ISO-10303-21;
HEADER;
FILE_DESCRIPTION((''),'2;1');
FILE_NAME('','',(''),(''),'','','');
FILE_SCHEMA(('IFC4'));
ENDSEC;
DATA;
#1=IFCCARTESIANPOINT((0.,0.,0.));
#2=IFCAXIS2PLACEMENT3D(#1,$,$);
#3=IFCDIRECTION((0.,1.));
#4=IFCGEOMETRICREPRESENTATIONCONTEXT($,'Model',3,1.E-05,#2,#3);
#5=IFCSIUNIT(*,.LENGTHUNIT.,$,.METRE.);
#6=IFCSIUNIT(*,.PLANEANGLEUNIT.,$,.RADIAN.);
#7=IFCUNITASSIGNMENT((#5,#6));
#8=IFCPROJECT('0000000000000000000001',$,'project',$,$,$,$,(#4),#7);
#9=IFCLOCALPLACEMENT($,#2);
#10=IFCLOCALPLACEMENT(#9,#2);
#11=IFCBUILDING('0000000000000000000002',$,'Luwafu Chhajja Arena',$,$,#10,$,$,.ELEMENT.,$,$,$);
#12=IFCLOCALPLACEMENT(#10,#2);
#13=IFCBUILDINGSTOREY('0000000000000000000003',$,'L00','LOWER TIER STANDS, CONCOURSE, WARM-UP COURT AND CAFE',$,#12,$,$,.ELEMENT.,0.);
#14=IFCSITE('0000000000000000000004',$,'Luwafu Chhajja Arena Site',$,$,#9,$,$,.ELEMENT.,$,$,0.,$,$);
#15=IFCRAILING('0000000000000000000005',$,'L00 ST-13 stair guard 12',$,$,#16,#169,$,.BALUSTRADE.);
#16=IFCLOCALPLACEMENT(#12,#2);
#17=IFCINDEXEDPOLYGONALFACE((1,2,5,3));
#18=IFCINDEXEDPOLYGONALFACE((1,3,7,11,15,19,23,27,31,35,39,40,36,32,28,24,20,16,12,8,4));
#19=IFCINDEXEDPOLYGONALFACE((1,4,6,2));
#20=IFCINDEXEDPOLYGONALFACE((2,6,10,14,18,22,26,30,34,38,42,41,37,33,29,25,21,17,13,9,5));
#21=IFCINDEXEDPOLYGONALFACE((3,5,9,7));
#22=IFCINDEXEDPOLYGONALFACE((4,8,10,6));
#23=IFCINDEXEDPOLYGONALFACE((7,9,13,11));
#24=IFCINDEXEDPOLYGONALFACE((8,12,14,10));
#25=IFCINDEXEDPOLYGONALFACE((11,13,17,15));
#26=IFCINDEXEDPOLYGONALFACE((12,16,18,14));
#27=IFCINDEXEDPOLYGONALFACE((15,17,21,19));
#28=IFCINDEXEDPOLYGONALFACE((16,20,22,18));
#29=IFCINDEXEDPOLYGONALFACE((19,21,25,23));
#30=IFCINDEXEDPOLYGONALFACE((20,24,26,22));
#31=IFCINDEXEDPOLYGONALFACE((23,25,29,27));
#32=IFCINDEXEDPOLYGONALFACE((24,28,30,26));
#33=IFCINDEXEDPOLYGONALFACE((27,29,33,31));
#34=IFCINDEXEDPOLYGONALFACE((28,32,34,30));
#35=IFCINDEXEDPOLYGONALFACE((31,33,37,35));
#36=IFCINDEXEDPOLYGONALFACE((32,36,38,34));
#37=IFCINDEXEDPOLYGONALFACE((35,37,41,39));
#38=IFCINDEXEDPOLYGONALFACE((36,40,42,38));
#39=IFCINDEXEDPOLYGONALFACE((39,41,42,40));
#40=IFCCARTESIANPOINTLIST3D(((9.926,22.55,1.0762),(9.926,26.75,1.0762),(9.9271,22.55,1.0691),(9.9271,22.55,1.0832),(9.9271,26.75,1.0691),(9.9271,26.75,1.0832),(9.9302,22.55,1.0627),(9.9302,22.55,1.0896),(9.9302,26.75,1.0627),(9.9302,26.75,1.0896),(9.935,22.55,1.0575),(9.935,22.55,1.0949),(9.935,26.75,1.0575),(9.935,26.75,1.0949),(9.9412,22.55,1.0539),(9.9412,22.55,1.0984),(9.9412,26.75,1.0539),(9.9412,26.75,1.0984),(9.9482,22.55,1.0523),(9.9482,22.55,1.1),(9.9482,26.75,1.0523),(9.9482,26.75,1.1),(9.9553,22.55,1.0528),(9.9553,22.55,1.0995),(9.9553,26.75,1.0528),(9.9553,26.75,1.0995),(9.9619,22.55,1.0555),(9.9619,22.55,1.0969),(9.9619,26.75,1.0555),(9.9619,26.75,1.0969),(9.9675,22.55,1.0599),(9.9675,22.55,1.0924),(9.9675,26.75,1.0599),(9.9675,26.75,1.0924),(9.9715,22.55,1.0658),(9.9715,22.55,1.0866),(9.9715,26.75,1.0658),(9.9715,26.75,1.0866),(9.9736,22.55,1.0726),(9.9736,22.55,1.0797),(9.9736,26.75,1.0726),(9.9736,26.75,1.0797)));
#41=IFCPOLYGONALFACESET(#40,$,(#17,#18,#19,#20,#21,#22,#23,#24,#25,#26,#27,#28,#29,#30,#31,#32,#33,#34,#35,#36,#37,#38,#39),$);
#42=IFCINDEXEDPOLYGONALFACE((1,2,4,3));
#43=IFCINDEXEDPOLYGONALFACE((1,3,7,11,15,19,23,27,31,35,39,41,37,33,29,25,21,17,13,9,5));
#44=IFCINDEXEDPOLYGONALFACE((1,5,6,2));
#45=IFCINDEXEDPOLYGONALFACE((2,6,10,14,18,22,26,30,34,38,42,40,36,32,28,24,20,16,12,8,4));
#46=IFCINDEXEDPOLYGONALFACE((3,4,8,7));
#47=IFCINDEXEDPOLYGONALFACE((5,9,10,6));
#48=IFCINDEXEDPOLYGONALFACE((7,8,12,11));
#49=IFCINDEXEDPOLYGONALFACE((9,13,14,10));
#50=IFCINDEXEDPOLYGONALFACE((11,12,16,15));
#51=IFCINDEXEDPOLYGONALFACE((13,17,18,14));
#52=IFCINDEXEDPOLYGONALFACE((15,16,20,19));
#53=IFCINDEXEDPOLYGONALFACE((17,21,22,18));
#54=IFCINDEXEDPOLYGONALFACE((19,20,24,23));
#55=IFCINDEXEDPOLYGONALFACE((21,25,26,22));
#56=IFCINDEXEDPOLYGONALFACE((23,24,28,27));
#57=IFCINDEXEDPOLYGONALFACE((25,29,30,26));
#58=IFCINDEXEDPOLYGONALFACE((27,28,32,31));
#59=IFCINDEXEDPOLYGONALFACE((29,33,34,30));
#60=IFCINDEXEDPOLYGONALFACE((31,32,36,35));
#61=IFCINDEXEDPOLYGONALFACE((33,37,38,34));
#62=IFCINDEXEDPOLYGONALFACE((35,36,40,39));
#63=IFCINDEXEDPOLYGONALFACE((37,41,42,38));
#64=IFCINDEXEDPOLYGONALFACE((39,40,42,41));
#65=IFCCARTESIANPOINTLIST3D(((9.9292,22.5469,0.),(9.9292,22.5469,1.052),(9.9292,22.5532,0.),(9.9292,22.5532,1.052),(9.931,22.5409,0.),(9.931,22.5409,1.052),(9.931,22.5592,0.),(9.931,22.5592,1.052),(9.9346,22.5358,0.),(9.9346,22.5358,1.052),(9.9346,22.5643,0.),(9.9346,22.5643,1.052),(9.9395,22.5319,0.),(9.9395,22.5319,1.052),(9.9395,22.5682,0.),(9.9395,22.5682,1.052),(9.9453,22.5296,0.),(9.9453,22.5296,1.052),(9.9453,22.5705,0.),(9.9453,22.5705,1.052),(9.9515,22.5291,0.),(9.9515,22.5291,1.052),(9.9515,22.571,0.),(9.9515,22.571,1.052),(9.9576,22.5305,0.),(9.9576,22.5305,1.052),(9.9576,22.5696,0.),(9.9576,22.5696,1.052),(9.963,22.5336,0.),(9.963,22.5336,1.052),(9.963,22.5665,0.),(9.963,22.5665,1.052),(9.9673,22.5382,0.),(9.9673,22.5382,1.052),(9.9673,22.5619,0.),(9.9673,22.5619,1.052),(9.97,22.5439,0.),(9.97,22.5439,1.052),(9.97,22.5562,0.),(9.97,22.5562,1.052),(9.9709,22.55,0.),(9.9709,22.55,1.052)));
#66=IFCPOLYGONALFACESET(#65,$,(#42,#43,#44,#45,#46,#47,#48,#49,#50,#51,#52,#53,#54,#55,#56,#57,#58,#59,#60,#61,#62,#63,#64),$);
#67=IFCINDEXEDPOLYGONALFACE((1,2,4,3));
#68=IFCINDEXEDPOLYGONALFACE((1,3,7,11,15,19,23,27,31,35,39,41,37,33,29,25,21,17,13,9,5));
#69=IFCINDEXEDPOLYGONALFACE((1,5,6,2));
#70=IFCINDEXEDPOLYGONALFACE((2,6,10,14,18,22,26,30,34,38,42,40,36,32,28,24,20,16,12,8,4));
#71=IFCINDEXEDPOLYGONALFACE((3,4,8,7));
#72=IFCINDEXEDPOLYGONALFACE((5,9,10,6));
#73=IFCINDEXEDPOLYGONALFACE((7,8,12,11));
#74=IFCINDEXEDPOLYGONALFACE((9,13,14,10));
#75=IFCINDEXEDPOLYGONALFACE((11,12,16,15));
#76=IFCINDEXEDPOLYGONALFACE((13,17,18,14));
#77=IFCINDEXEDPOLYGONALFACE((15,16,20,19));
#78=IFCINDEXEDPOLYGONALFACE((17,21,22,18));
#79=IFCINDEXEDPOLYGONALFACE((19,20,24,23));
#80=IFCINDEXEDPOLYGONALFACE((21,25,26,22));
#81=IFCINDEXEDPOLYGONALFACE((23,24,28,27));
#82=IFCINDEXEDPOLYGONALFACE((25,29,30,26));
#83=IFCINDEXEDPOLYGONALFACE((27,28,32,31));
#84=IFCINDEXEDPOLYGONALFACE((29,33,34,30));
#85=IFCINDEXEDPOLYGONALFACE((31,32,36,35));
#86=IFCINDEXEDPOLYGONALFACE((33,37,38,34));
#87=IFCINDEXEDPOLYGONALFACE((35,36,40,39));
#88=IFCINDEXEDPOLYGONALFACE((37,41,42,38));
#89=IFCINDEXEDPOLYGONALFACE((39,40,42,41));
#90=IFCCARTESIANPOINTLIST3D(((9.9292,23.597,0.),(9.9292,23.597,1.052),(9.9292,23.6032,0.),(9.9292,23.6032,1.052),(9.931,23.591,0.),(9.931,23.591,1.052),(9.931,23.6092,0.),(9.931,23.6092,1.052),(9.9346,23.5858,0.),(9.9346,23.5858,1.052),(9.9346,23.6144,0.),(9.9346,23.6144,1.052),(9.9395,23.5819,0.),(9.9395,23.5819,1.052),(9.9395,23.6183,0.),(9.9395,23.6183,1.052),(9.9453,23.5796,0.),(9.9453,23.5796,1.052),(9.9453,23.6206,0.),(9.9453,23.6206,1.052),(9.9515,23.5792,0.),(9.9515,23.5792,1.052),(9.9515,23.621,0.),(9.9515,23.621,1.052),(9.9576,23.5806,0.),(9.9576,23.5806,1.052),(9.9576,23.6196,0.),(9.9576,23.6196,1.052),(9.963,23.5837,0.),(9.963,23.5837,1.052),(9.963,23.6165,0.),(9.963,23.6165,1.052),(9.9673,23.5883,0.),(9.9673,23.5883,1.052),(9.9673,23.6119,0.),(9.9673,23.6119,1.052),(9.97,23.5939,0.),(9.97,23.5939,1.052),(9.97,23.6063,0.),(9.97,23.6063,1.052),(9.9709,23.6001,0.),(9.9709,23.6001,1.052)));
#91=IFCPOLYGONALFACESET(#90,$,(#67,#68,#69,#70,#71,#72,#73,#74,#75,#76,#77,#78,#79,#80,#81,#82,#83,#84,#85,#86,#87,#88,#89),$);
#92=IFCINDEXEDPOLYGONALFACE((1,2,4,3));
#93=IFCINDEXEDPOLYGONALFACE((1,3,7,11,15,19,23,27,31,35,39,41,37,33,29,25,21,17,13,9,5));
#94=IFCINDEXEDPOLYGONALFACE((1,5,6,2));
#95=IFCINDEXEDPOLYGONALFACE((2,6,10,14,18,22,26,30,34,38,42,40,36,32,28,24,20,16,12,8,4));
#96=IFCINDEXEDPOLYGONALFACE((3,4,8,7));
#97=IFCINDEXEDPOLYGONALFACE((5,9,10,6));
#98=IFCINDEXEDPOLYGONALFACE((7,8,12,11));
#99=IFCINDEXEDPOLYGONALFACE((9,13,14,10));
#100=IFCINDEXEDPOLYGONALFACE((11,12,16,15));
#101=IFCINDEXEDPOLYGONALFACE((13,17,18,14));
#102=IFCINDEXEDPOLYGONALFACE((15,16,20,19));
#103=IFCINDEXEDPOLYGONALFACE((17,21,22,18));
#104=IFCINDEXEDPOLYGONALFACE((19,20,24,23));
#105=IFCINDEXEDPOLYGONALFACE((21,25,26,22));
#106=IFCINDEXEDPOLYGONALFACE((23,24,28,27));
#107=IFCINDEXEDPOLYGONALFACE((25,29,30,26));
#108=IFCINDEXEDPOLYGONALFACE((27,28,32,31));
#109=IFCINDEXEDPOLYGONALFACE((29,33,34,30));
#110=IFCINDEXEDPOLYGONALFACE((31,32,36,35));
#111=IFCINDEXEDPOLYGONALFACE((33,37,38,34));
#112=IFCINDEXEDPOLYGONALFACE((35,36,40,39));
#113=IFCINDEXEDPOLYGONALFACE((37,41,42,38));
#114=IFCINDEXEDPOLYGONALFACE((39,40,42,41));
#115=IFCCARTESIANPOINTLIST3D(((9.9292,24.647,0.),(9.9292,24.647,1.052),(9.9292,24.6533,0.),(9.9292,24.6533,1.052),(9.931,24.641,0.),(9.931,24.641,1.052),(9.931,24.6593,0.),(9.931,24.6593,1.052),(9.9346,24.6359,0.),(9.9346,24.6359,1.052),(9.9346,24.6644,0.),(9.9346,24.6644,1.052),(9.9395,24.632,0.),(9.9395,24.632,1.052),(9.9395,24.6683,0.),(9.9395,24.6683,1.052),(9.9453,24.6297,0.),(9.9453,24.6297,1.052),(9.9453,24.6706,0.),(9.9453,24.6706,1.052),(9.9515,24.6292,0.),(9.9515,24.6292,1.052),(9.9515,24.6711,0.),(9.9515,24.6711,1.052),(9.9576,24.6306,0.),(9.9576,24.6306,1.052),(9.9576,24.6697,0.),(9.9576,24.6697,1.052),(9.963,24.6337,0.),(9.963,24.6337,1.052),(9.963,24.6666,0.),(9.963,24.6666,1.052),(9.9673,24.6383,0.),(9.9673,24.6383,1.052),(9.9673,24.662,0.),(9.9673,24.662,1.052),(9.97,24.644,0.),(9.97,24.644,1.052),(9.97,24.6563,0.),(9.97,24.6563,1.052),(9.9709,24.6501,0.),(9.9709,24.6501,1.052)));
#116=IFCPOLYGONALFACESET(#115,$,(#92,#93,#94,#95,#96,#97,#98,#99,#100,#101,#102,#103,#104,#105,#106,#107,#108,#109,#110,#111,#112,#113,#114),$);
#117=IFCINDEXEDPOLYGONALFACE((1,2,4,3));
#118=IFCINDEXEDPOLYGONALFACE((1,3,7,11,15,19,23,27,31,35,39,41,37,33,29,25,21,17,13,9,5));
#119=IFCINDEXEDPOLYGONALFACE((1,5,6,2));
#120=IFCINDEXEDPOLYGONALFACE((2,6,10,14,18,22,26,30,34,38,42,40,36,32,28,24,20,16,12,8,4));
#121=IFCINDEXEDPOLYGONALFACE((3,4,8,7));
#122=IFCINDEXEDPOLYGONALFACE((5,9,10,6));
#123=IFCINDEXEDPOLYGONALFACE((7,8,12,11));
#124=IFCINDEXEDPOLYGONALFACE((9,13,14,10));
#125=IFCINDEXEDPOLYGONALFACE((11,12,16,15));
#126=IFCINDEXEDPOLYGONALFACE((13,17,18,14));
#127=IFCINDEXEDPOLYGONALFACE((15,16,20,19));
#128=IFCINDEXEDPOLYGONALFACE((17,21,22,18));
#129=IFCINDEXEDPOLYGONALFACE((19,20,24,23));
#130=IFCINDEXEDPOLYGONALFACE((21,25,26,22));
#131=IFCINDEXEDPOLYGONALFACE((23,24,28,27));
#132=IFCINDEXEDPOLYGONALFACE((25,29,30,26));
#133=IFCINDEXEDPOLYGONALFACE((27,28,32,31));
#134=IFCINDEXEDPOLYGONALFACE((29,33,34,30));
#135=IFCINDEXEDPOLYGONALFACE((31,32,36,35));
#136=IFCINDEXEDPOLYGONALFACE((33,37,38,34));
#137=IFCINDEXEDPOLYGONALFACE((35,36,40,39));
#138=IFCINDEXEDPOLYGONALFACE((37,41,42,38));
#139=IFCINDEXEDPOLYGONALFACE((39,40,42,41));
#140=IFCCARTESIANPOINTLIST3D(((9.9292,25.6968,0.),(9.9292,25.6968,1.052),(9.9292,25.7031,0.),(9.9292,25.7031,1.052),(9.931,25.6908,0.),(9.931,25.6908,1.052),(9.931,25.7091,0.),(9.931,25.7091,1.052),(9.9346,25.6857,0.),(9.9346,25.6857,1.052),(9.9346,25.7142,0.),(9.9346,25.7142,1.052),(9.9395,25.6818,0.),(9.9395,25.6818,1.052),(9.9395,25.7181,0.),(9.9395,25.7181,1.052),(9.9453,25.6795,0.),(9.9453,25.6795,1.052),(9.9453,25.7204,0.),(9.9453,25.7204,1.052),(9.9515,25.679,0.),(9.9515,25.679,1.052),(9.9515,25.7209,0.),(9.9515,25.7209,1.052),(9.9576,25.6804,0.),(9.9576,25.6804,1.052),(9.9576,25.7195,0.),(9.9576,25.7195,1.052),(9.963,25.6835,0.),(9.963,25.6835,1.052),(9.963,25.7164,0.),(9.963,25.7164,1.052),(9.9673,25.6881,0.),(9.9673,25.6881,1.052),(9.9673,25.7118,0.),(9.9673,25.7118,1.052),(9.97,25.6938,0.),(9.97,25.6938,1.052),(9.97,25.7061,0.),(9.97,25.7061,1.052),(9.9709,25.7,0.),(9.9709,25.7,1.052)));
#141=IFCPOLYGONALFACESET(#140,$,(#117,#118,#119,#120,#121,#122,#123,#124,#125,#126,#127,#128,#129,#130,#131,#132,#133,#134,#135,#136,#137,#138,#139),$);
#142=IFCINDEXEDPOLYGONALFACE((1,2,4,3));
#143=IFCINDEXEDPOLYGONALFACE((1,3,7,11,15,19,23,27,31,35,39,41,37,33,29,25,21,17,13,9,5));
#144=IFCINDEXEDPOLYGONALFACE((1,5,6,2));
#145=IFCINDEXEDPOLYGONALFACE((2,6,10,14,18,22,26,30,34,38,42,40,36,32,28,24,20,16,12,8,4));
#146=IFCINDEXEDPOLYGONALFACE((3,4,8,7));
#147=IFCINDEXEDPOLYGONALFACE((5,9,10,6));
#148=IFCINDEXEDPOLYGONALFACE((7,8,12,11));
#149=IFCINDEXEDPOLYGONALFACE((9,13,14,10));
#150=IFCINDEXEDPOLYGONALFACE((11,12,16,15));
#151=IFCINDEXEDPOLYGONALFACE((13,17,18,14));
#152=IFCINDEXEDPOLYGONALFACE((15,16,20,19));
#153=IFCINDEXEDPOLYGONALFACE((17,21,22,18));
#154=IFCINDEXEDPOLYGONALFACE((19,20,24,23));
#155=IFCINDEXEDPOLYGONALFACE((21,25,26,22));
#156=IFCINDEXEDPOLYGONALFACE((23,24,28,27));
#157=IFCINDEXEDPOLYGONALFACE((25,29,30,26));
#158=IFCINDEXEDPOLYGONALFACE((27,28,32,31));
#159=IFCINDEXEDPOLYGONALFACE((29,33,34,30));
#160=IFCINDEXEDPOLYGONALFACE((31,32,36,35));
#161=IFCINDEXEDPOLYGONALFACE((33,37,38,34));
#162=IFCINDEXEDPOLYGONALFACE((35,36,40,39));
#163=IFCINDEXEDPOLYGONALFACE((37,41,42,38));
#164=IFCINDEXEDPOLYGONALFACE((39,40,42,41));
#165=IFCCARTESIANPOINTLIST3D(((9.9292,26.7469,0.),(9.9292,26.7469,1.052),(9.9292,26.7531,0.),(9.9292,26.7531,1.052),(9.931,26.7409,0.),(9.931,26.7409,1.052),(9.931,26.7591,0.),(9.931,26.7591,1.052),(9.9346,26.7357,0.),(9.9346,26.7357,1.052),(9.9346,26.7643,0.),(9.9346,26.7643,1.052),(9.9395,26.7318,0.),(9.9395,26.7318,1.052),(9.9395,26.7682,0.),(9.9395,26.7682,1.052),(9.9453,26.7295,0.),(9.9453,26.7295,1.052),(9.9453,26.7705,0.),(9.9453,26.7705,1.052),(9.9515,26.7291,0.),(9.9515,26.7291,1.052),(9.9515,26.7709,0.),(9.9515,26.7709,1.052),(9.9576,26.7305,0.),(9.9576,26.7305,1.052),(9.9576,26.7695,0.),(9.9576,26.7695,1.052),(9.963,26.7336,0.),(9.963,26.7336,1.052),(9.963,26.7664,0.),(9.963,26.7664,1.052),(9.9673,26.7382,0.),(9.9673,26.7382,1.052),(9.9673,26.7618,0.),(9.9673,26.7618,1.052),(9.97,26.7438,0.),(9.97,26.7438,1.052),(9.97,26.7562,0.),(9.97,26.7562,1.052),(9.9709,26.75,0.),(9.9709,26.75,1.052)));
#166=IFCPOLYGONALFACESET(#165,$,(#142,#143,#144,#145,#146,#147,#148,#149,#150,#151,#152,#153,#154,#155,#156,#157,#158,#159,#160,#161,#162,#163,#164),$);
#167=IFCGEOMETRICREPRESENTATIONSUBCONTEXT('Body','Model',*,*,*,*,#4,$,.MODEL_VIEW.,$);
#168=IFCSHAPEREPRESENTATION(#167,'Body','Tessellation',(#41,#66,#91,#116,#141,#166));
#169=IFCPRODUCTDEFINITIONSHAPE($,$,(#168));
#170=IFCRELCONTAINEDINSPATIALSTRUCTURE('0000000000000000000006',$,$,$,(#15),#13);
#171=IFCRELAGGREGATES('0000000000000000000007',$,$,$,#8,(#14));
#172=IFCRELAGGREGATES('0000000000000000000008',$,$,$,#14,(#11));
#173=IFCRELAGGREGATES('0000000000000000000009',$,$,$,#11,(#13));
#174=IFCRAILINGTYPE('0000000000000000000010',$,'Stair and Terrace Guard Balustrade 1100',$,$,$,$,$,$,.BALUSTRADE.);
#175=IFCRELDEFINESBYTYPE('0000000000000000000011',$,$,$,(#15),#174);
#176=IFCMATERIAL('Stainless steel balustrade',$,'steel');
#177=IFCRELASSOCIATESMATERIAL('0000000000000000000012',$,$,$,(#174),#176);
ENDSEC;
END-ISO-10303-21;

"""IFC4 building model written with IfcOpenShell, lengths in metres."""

from ifc_helpers import new_model, si_unit, direction, frame, origin, origin_2d, place, context, subcontext, project, spatial, circle, extrude, material, type_object, element, save


model = new_model("IFC4")

# Units and contexts
model_context = context("Model", 3, precision=1e-05, world=origin(), true_north=direction((0.0, 1.0)))
body_context = subcontext(model_context, "Body", "Model", "MODEL_VIEW")
ifc_project = project(units=[si_unit("LENGTHUNIT", "METRE"), si_unit("PLANEANGLEUNIT", "RADIAN")], contexts=[model_context])

# Site, building, storey
site_placement = place(None, origin())
site = spatial("IfcSite", under=ifc_project, at=site_placement, Name="Luwafu Chhajja Arena Site", CompositionType="ELEMENT", RefElevation=0.0)
building_placement = place(site_placement, origin())
building = spatial("IfcBuilding", under=site, at=building_placement, Name="Luwafu Chhajja Arena", CompositionType="ELEMENT")
storey_placement = place(building_placement, origin())
storey = spatial("IfcBuildingStorey", under=building, at=storey_placement, Name="L00", Description="LOWER TIER STANDS, CONCOURSE, WARM-UP COURT AND CAFE", CompositionType="ELEMENT", Elevation=0.0)

# Railing
ifc_material_1 = material(Name="Stainless steel balustrade", Category="steel")
railing_type_1 = type_object("IfcRailingType", Name="Stair and Terrace Guard Balustrade 1100", PredefinedType="BALUSTRADE", material=ifc_material_1)
railing_1_placement = place(storey_placement, frame((9.95, 22.55, 0.0)))
element("IfcRailing", 1, at=railing_1_placement, inside=storey, type_object=railing_type_1, Name="L00 ST-13 stair guard 12", PredefinedType="BALUSTRADE", context=body_context, shape_type="SweptSolid", body=[
    extrude(circle(Radius=0.0239, at=origin_2d()), frame((0.0, 0.0, 1.0762), z_axis=(0.0, 1.0, 0.0), x_axis=(-1.0, 0.0, 0.0)), (0.0, 0.0, 1.0), 4.2),
    extrude(circle(Radius=0.021, at=origin_2d()), origin(), (0.0, 0.0, 1.0), 1.052),
    extrude(circle(Radius=0.021, at=origin_2d()), frame((0.0, 1.05, 0.0)), (0.0, 0.0, 1.0), 1.052),
    extrude(circle(Radius=0.021, at=origin_2d()), frame((0.0, 2.1001, 0.0)), (0.0, 0.0, 1.0), 1.052),
    extrude(circle(Radius=0.021, at=origin_2d()), frame((0.0, 3.1499, 0.0)), (0.0, 0.0, 1.0), 1.052),
    extrude(circle(Radius=0.021, at=origin_2d()), frame((0.0, 4.2, 0.0)), (0.0, 0.0, 1.0), 1.052),
])

save(model, "model.ifc")
